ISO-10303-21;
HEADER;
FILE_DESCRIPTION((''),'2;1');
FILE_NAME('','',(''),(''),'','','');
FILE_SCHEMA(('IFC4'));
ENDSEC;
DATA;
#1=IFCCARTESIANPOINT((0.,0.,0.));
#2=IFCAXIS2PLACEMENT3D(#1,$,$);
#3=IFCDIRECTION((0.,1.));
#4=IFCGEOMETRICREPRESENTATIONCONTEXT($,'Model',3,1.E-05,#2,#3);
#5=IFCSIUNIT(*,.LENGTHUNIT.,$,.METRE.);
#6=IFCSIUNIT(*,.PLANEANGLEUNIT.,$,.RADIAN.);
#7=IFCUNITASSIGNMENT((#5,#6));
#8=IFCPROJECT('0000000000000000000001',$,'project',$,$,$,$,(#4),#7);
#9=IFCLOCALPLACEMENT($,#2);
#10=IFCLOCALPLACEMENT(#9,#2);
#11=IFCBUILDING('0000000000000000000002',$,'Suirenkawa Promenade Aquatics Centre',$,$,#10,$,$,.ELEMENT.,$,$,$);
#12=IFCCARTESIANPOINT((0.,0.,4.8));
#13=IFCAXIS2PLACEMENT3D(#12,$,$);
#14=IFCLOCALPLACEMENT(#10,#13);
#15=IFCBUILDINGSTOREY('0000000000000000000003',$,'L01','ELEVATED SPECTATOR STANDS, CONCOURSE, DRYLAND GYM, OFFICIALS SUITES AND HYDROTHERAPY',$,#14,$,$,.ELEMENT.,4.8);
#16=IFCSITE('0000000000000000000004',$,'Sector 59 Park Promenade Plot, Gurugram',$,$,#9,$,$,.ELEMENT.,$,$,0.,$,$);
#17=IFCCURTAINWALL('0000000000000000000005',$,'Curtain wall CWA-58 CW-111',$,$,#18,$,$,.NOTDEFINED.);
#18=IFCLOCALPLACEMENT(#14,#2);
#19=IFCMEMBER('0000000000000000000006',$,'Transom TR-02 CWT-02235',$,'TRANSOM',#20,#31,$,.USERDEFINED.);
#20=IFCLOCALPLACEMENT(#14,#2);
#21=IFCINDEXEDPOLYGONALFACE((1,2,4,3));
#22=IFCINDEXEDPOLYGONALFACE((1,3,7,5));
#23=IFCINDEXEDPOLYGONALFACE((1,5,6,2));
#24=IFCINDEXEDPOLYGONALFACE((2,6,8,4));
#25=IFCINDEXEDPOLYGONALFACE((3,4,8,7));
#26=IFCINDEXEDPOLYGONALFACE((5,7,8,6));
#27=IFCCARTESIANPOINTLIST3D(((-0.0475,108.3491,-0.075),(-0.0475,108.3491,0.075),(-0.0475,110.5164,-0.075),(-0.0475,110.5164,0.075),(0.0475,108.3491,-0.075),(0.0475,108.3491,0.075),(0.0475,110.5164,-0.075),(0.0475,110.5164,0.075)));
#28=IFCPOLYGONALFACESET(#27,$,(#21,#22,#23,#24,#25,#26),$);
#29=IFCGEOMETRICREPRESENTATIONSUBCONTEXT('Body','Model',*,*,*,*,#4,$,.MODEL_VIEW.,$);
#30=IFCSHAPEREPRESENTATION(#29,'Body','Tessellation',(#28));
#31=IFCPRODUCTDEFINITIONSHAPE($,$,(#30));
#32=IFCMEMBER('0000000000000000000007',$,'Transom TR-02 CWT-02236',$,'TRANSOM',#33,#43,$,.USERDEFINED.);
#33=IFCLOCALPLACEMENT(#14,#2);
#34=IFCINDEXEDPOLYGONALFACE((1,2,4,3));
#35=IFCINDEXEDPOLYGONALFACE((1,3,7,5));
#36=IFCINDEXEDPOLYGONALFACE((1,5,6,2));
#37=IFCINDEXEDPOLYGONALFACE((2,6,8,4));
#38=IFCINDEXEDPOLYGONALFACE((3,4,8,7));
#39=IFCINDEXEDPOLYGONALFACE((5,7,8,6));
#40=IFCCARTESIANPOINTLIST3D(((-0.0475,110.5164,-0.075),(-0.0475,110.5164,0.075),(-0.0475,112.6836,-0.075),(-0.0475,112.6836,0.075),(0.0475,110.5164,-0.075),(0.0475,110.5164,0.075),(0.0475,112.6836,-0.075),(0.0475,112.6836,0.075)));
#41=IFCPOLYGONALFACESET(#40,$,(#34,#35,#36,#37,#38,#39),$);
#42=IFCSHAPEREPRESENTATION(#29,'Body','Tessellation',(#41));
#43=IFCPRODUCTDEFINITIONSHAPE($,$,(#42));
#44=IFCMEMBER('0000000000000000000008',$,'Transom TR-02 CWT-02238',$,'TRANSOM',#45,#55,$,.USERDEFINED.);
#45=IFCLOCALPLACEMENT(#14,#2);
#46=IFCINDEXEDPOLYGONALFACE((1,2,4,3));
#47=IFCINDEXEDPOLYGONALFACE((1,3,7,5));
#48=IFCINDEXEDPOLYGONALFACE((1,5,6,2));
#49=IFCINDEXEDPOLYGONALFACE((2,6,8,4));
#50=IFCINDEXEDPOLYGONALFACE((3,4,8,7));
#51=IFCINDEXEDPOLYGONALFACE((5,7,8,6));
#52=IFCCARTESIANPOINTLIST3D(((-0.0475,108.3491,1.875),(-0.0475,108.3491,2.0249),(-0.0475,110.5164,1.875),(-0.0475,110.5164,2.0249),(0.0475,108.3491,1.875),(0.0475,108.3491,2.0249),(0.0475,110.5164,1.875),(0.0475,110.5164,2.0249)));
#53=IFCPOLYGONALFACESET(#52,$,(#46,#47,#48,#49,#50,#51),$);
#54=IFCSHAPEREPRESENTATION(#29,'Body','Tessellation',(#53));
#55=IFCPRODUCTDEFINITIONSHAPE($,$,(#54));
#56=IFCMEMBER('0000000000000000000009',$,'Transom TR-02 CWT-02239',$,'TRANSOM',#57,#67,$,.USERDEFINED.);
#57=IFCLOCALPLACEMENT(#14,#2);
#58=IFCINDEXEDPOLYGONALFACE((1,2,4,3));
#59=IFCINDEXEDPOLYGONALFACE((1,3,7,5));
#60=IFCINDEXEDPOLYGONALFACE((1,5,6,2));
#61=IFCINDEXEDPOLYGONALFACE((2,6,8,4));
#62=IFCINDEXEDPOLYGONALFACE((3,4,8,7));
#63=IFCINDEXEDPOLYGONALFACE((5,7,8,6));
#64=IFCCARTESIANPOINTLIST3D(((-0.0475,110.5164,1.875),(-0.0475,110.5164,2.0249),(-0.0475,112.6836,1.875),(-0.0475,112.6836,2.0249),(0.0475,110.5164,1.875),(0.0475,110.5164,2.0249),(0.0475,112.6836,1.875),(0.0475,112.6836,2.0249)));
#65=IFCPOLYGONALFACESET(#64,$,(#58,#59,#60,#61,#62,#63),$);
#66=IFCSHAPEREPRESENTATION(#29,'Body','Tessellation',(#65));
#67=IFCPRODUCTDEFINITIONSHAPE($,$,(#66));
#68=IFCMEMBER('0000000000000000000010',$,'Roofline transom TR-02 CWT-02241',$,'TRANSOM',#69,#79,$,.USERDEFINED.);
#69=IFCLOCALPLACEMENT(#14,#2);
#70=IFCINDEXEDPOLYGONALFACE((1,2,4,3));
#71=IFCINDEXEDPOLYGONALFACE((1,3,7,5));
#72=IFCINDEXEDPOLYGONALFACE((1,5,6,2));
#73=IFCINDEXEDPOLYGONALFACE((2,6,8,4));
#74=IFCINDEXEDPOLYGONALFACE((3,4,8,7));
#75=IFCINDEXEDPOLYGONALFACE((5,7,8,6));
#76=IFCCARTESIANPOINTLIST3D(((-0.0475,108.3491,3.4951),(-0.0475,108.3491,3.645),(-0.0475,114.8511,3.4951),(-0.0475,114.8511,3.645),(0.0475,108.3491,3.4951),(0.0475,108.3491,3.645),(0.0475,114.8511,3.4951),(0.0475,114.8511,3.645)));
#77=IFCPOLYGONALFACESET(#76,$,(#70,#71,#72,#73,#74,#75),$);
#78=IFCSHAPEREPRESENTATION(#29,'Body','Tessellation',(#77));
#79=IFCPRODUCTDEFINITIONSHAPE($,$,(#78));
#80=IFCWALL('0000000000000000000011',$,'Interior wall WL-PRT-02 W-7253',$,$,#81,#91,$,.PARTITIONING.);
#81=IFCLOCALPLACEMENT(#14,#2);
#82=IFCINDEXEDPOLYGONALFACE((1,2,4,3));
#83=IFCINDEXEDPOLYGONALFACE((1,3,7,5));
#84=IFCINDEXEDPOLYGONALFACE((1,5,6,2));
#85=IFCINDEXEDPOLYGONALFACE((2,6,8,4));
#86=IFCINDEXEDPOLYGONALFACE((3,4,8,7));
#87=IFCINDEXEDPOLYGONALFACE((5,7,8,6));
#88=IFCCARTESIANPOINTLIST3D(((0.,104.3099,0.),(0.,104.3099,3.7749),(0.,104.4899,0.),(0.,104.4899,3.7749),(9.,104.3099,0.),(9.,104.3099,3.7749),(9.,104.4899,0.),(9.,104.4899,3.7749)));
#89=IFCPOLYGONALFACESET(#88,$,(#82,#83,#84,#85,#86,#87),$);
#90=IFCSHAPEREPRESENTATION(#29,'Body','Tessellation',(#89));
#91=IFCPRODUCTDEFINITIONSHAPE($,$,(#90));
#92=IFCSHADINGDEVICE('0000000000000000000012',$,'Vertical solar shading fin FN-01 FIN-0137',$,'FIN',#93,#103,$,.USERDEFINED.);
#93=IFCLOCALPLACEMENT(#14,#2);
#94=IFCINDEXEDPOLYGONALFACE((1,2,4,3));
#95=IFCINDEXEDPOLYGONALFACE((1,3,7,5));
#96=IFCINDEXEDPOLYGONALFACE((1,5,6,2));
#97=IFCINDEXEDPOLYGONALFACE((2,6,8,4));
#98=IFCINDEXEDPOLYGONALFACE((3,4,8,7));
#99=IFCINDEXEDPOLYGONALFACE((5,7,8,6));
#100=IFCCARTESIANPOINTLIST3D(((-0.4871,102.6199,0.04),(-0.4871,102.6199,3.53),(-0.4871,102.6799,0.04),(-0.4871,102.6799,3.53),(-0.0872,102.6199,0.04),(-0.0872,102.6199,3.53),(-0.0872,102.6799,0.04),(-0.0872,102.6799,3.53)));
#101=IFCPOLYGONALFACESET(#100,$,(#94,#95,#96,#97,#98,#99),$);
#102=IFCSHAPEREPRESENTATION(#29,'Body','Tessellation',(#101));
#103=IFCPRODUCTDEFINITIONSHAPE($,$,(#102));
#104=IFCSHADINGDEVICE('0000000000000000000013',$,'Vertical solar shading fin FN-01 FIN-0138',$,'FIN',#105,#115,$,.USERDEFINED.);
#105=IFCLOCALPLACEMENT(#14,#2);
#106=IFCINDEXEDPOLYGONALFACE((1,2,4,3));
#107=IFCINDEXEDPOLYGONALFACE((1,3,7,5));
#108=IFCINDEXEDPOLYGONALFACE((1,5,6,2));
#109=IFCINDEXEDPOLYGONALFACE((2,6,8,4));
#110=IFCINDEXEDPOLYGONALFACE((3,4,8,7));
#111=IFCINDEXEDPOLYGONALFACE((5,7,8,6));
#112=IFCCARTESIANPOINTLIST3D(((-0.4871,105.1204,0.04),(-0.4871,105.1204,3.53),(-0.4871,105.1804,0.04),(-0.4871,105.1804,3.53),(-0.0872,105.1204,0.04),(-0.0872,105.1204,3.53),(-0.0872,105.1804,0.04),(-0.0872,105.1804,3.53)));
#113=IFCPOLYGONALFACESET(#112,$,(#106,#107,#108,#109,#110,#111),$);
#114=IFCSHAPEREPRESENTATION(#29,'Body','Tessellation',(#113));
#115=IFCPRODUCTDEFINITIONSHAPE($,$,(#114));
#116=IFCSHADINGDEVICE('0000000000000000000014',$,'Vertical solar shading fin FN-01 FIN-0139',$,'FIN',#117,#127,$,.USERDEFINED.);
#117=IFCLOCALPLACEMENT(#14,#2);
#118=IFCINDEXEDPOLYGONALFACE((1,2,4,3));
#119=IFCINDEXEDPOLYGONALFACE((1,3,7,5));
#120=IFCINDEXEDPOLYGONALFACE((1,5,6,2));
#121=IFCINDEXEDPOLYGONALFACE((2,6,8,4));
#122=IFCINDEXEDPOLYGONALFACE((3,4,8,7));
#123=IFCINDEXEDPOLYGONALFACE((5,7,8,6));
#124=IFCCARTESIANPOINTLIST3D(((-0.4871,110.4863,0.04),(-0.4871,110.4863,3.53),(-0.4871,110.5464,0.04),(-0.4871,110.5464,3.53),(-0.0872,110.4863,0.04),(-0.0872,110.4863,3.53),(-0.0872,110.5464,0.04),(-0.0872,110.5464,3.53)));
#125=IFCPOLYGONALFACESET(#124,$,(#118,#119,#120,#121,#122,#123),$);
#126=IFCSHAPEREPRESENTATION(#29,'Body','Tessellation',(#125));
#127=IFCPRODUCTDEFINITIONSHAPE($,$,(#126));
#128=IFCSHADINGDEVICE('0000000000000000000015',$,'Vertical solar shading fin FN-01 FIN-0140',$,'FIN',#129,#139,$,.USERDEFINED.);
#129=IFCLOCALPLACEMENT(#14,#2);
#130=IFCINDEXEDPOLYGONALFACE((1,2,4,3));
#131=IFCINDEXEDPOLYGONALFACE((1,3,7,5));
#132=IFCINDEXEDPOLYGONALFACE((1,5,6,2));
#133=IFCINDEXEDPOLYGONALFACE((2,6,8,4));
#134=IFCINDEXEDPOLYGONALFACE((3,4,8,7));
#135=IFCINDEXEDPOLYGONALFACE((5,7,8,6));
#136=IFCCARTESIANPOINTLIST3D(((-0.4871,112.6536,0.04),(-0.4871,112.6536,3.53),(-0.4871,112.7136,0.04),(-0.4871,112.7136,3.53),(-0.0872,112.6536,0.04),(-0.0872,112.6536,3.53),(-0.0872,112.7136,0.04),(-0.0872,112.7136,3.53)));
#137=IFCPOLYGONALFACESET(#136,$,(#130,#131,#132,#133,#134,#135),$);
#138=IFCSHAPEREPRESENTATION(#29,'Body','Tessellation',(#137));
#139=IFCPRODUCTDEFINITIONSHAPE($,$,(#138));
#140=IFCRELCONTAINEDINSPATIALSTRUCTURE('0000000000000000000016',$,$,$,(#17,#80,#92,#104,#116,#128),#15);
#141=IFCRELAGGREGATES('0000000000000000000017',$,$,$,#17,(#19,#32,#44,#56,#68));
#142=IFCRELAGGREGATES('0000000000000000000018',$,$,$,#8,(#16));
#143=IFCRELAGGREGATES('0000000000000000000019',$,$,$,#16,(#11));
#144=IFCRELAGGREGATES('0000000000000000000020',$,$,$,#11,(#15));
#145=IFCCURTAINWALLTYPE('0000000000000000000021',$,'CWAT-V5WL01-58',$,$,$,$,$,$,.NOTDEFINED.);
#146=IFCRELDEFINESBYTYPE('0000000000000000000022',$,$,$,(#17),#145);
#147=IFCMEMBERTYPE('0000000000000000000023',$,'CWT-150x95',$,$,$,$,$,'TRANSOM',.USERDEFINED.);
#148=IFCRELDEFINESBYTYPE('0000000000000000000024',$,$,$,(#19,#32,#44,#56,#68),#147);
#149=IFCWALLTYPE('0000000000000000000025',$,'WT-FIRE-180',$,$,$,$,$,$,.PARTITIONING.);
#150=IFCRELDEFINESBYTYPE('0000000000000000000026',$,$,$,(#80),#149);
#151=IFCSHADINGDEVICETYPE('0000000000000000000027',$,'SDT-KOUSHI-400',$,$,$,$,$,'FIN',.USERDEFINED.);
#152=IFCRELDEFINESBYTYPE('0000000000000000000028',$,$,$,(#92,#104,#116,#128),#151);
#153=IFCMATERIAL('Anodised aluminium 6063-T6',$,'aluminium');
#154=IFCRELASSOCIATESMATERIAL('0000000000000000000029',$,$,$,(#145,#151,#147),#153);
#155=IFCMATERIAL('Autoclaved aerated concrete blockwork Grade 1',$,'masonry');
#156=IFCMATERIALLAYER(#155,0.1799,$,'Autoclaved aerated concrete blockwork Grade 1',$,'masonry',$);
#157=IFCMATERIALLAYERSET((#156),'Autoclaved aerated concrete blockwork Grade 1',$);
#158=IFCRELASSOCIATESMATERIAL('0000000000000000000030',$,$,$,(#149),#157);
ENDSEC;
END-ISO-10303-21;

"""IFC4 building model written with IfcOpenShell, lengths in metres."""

from ifc_helpers import new_model, si_unit, direction, frame, frame_2d, origin, origin_2d, place, context, subcontext, project, spatial, rectangle, extrude, material, layer, layer_set, material_profile, profile_set, type_object, element, aggregate, save


model = new_model("IFC4")

# Units and contexts
model_context = context("Model", 3, precision=1e-05, world=origin(), true_north=direction((0.0, 1.0)))
body_context = subcontext(model_context, "Body", "Model", "MODEL_VIEW")
ifc_project = project(units=[si_unit("LENGTHUNIT", "METRE"), si_unit("PLANEANGLEUNIT", "RADIAN")], contexts=[model_context])

# Site, building, storey
site_placement = place(None, origin())
site = spatial("IfcSite", under=ifc_project, at=site_placement, Name="Sector 59 Park Promenade Plot, Gurugram", CompositionType="ELEMENT", RefElevation=0.0)
building_placement = place(site_placement, origin())
building = spatial("IfcBuilding", under=site, at=building_placement, Name="Suirenkawa Promenade Aquatics Centre", CompositionType="ELEMENT")
storey_placement = place(building_placement, frame((0.0, 0.0, 4.8)))
storey = spatial("IfcBuildingStorey", under=building, at=storey_placement, Name="L01", Description="ELEVATED SPECTATOR STANDS, CONCOURSE, DRYLAND GYM, OFFICIALS SUITES AND HYDROTHERAPY", CompositionType="ELEMENT", Elevation=4.8)

# Curtain wall
ifc_material_1 = material(Name="Anodised aluminium 6063-T6", Category="aluminium")
curtain_wall_type_1 = type_object("IfcCurtainWallType", Name="CWAT-V5WL01-58", PredefinedType="NOTDEFINED", material=ifc_material_1)
curtain_wall_1_placement = place(storey_placement, origin())
curtain_wall_1 = element("IfcCurtainWall", 1, at=curtain_wall_1_placement, inside=storey, type_object=curtain_wall_type_1, Name="Curtain wall CWA-58 CW-111", PredefinedType="NOTDEFINED")

# Members
ifc_material_profile_1 = material_profile(ifc_material_1, rectangle(XDim=0.095, YDim=0.1499, at=origin_2d()), Name="ALU TRAN 95x150", Category="aluminium")
ifc_profile_set_1 = profile_set([ifc_material_profile_1], Name="Anodised aluminium 6063-T6")
member_type_1 = type_object("IfcMemberType", Name="CWT-150x95", ElementType="TRANSOM", PredefinedType="USERDEFINED", material=ifc_profile_set_1)
member_1_placement = place(storey_placement, frame((0.0, 108.3491, 0.0), z_axis=(0.0, 1.0, 0.0), x_axis=(-1.0, 0.0, 0.0)))
member_1 = element("IfcMember", 2, at=member_1_placement, type_object=member_type_1, Name="Transom TR-02 CWT-02235", ObjectType="TRANSOM", PredefinedType="USERDEFINED", context=body_context, shape_type="SweptSolid", body=[
    extrude(rectangle(XDim=0.095, YDim=0.1499, at=origin_2d()), origin(), (0.0, 0.0, 1.0), 2.1672),
])
member_2_placement = place(storey_placement, frame((0.0, 110.5164, 0.0), z_axis=(0.0, 1.0, 0.0), x_axis=(-1.0, 0.0, 0.0)))
member_2 = element("IfcMember", 3, at=member_2_placement, type_object=member_type_1, Name="Transom TR-02 CWT-02236", ObjectType="TRANSOM", PredefinedType="USERDEFINED", context=body_context, shape_type="SweptSolid", body=[
    extrude(rectangle(XDim=0.095, YDim=0.1499, at=origin_2d()), origin(), (0.0, 0.0, 1.0), 2.1672),
])
member_3_placement = place(storey_placement, frame((0.0, 108.3491, 1.95), z_axis=(0.0, 1.0, 0.0), x_axis=(-1.0, 0.0, 0.0)))
member_3 = element("IfcMember", 4, at=member_3_placement, type_object=member_type_1, Name="Transom TR-02 CWT-02238", ObjectType="TRANSOM", PredefinedType="USERDEFINED", context=body_context, shape_type="SweptSolid", body=[
    extrude(rectangle(XDim=0.095, YDim=0.1499, at=origin_2d()), origin(), (0.0, 0.0, 1.0), 2.1672),
])
member_4_placement = place(storey_placement, frame((0.0, 110.5164, 1.95), z_axis=(0.0, 1.0, 0.0), x_axis=(-1.0, 0.0, 0.0)))
member_4 = element("IfcMember", 5, at=member_4_placement, type_object=member_type_1, Name="Transom TR-02 CWT-02239", ObjectType="TRANSOM", PredefinedType="USERDEFINED", context=body_context, shape_type="SweptSolid", body=[
    extrude(rectangle(XDim=0.095, YDim=0.1499, at=origin_2d()), origin(), (0.0, 0.0, 1.0), 2.1672),
])
member_5_placement = place(storey_placement, frame((0.0, 108.3491, 3.5701), z_axis=(0.0, 1.0, 0.0), x_axis=(-1.0, 0.0, 0.0)))
member_5 = element("IfcMember", 6, at=member_5_placement, type_object=member_type_1, Name="Roofline transom TR-02 CWT-02241", ObjectType="TRANSOM", PredefinedType="USERDEFINED", context=body_context, shape_type="SweptSolid", body=[
    extrude(rectangle(XDim=0.095, YDim=0.1499, at=origin_2d()), origin(), (0.0, 0.0, 1.0), 6.502),
])

aggregate(curtain_wall_1, [member_1, member_2, member_3, member_4, member_5])

# Wall
ifc_material_2 = material(Name="Autoclaved aerated concrete blockwork Grade 1", Category="masonry")
ifc_layer_1 = layer(ifc_material_2, 0.1799, Name="Autoclaved aerated concrete blockwork Grade 1", Category="masonry")
ifc_layer_set_1 = layer_set([ifc_layer_1], Name="Autoclaved aerated concrete blockwork Grade 1")
wall_type = type_object("IfcWallType", Name="WT-FIRE-180", PredefinedType="PARTITIONING", material=ifc_layer_set_1)
wall_placement = place(storey_placement, frame((0.0, 104.3999, 0.0), z_axis=(0.0, 0.0, 1.0), x_axis=(1.0, 0.0, 0.0)))
element("IfcWall", 7, at=wall_placement, inside=storey, type_object=wall_type, Name="Interior wall WL-PRT-02 W-7253", PredefinedType="PARTITIONING", context=body_context, shape_type="SweptSolid", body=[
    extrude(rectangle(XDim=9.0, YDim=0.1799, at=frame_2d((4.5, 0.0))), origin(), (0.0, 0.0, 1.0), 3.7749),
])

# Shading devices
shading_device_type = type_object("IfcShadingDeviceType", Name="SDT-KOUSHI-400", ElementType="FIN", PredefinedType="USERDEFINED", material=ifc_material_1)
for number, where, z_axis, x_axis, name in (
    (8, (-0.2871, 102.6499, 0.04), (0.0, 0.0, 1.0), (-1.0, 0.0, 0.0), "Vertical solar shading fin FN-01 FIN-0137"),
    (9, (-0.2871, 105.1504, 0.04), (0.0, 0.0, 1.0), (-1.0, 0.0, 0.0), "Vertical solar shading fin FN-01 FIN-0138"),
    (10, (-0.2871, 110.5164, 0.04), (0.0, 0.0, 1.0), (-1.0, 0.0, 0.0), "Vertical solar shading fin FN-01 FIN-0139"),
    (11, (-0.2871, 112.6836, 0.04), (0.0, 0.0, 1.0), (-1.0, 0.0, 0.0), "Vertical solar shading fin FN-01 FIN-0140"),
):
    element("IfcShadingDevice", number, at=place(storey_placement, frame(where, z_axis=z_axis, x_axis=x_axis)), inside=storey, type_object=shading_device_type, Name=name, ObjectType="FIN", PredefinedType="USERDEFINED", context=body_context, shape_type="SweptSolid", body=[
        extrude(rectangle(XDim=0.3999, YDim=0.0601, at=origin_2d()), origin(), (0.0, 0.0, 1.0), 3.49),
    ])

save(model, "model.ifc")
